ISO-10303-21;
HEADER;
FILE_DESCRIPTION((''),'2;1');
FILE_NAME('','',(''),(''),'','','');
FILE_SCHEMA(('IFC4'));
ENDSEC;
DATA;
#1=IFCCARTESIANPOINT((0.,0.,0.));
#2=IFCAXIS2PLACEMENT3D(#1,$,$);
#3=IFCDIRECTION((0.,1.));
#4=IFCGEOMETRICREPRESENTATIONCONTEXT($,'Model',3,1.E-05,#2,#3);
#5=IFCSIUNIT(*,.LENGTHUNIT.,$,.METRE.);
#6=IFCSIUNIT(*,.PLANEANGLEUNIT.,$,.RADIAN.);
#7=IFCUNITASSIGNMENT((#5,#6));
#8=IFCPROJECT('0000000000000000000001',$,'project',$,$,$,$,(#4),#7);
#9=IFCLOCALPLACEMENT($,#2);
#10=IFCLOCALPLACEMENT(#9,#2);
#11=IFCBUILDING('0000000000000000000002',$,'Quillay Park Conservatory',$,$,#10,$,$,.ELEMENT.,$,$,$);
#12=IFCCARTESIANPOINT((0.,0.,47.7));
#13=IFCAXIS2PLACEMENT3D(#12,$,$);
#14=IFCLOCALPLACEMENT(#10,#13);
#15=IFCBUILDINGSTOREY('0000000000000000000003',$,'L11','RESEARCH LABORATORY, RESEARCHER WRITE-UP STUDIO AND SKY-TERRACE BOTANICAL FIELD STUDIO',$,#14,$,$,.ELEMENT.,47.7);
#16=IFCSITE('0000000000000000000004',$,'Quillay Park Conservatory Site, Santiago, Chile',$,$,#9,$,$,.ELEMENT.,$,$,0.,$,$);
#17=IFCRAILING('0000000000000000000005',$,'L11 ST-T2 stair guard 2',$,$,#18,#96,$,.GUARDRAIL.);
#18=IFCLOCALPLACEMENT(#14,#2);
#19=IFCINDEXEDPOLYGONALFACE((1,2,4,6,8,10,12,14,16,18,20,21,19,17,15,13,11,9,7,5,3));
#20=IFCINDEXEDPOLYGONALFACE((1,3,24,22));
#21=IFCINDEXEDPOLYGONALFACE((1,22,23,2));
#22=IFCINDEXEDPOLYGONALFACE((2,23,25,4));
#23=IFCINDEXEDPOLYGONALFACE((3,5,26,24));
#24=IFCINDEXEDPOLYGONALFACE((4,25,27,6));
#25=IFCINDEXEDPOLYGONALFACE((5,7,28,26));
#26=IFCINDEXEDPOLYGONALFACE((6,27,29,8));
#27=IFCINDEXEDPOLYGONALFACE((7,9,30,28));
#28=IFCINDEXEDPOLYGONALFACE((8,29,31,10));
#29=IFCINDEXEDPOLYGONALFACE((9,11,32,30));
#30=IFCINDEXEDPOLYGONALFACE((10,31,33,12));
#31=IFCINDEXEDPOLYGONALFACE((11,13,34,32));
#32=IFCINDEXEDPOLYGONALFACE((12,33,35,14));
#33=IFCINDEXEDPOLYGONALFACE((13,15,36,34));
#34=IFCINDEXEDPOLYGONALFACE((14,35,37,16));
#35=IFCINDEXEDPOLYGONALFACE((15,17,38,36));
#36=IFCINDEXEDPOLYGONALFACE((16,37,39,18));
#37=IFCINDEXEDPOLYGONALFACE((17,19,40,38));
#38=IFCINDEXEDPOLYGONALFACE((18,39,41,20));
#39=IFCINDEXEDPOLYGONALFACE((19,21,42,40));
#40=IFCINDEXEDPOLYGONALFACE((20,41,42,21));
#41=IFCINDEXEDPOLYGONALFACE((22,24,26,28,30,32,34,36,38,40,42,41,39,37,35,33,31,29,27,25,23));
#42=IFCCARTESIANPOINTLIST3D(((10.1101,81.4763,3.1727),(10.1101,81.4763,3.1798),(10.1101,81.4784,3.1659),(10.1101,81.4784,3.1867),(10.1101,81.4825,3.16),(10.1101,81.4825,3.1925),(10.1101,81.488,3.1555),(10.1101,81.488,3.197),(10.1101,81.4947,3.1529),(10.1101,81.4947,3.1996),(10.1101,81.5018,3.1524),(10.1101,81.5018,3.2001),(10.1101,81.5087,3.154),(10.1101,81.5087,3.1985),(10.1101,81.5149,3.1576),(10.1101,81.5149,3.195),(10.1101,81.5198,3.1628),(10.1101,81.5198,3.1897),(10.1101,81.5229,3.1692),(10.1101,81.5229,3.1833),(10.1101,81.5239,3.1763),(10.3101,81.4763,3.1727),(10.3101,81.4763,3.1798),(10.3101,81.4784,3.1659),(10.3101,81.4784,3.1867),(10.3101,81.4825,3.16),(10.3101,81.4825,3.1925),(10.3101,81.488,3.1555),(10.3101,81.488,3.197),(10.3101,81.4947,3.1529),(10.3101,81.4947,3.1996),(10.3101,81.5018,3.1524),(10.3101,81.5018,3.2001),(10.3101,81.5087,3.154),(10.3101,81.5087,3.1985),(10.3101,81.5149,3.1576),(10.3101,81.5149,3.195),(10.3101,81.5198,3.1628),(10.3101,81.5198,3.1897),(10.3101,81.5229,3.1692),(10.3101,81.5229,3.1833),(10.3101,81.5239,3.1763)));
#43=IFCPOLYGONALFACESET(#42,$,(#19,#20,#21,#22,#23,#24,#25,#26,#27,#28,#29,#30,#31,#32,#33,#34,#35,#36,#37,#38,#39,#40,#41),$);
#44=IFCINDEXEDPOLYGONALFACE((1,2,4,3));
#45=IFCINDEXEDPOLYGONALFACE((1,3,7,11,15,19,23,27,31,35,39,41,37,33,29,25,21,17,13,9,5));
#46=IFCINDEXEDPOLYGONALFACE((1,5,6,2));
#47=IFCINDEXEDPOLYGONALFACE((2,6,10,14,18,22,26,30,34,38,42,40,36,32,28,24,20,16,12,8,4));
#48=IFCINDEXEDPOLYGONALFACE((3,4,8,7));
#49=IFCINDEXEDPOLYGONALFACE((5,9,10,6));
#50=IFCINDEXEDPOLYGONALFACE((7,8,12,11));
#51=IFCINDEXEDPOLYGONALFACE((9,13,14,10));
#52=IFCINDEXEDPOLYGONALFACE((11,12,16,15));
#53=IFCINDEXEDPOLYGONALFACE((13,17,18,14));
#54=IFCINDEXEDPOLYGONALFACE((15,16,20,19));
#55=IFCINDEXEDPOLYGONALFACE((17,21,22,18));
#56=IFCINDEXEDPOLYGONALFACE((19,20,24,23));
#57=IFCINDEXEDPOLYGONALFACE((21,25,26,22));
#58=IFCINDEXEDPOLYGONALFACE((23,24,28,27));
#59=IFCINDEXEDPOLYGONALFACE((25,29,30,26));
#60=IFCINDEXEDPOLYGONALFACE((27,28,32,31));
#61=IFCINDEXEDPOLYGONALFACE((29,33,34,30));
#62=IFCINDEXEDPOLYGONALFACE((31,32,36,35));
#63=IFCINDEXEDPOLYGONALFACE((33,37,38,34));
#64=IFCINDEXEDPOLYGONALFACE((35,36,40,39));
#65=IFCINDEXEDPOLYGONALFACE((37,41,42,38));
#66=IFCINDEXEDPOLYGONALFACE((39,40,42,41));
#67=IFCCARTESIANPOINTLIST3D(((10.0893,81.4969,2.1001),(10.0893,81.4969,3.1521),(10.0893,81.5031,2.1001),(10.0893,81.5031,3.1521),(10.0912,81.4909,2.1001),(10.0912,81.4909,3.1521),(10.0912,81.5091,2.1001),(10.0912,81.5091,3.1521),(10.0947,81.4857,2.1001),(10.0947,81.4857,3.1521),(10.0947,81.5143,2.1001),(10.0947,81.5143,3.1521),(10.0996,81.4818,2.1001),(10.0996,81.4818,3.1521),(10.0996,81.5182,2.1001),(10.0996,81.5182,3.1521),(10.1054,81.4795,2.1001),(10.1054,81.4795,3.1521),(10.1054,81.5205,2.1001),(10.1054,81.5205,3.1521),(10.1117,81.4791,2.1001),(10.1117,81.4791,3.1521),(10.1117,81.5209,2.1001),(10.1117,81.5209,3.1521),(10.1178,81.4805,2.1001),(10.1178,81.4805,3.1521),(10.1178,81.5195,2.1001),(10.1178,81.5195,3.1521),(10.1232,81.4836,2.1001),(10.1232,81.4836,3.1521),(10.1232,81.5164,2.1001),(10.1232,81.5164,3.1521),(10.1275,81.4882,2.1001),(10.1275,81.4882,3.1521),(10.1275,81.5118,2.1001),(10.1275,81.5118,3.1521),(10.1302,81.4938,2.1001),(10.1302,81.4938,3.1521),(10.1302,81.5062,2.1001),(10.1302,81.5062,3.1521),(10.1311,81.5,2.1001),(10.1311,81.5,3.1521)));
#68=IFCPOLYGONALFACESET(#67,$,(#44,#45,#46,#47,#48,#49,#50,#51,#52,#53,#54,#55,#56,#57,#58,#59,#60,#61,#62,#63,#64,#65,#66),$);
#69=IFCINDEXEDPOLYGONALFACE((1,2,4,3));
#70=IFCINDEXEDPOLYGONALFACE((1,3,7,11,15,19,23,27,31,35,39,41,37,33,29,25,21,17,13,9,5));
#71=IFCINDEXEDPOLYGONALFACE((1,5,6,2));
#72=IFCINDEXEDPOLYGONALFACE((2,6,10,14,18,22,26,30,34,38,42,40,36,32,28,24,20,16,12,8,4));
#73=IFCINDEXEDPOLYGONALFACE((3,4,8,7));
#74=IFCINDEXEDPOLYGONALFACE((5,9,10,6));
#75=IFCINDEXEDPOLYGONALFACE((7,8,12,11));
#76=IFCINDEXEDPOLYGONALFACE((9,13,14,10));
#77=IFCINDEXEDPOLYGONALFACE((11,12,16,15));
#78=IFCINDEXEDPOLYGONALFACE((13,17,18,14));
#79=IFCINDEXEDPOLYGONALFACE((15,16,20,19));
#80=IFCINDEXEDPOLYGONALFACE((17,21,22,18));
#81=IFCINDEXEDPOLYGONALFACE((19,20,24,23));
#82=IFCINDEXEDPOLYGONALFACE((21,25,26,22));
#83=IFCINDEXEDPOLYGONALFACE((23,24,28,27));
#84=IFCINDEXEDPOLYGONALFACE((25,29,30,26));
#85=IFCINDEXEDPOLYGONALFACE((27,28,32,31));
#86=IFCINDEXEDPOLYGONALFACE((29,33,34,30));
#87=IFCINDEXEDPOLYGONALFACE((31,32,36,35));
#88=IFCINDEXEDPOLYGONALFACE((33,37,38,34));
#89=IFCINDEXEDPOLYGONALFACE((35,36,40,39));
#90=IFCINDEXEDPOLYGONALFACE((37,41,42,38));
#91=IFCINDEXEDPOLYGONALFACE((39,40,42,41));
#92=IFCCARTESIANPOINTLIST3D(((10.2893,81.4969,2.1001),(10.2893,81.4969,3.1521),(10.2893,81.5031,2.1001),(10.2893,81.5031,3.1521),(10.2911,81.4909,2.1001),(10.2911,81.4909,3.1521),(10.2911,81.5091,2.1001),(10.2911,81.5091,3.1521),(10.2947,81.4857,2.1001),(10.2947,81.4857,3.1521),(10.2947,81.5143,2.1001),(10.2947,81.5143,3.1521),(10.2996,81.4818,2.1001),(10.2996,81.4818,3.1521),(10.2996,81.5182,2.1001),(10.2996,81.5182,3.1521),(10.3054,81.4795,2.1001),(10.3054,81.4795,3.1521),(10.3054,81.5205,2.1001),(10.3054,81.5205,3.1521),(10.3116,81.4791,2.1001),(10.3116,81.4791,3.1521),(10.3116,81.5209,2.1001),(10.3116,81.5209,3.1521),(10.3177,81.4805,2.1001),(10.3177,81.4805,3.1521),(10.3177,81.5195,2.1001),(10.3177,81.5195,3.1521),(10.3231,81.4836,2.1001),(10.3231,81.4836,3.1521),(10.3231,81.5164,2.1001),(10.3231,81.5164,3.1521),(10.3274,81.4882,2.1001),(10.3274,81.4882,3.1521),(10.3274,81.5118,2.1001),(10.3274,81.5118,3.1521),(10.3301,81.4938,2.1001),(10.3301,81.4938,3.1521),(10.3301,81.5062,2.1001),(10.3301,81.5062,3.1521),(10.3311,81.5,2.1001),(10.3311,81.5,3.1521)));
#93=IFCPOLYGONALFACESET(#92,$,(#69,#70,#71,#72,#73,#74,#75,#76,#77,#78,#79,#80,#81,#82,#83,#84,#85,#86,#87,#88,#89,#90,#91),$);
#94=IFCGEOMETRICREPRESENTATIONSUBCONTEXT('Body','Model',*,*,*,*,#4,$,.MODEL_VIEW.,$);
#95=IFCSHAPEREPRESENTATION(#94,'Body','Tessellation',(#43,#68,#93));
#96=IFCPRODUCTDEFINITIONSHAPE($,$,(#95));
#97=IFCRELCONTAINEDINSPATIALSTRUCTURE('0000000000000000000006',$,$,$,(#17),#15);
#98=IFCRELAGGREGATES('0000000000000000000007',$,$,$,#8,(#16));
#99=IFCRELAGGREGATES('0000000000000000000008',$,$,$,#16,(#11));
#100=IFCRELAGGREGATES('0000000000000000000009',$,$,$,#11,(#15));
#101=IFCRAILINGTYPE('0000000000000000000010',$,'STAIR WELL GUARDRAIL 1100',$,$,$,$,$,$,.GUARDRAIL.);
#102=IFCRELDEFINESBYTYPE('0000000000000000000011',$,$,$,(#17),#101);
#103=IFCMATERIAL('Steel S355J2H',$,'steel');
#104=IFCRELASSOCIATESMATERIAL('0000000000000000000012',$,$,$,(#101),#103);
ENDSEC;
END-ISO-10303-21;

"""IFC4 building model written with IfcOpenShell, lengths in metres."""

from ifc_helpers import new_model, si_unit, direction, frame, origin, origin_2d, place, context, subcontext, project, spatial, circle, extrude, material, type_object, element, save


model = new_model("IFC4")

# Units and contexts
model_context = context("Model", 3, precision=1e-05, world=origin(), true_north=direction((0.0, 1.0)))
body_context = subcontext(model_context, "Body", "Model", "MODEL_VIEW")
ifc_project = project(units=[si_unit("LENGTHUNIT", "METRE"), si_unit("PLANEANGLEUNIT", "RADIAN")], contexts=[model_context])

# Site, building, storey
site_placement = place(None, origin())
site = spatial("IfcSite", under=ifc_project, at=site_placement, Name="Quillay Park Conservatory Site, Santiago, Chile", CompositionType="ELEMENT", RefElevation=0.0)
building_placement = place(site_placement, origin())
building = spatial("IfcBuilding", under=site, at=building_placement, Name="Quillay Park Conservatory", CompositionType="ELEMENT")
storey_placement = place(building_placement, frame((0.0, 0.0, 47.7)))
storey = spatial("IfcBuildingStorey", under=building, at=storey_placement, Name="L11", Description="RESEARCH LABORATORY, RESEARCHER WRITE-UP STUDIO AND SKY-TERRACE BOTANICAL FIELD STUDIO", CompositionType="ELEMENT", Elevation=47.7)

# Railing
ifc_material_1 = material(Name="Steel S355J2H", Category="steel")
railing_type_1 = type_object("IfcRailingType", Name="STAIR WELL GUARDRAIL 1100", PredefinedType="GUARDRAIL", material=ifc_material_1)
railing_1_placement = place(storey_placement, frame((10.1101, 81.5, 2.1001)))
element("IfcRailing", 1, at=railing_1_placement, inside=storey, type_object=railing_type_1, Name="L11 ST-T2 stair guard 2", PredefinedType="GUARDRAIL", context=body_context, shape_type="SweptSolid", body=[
    extrude(circle(Radius=0.0239, at=origin_2d()), frame((0.0, 0.0, 1.0762), z_axis=(1.0, 0.0, 0.0), x_axis=(0.0, 1.0, 0.0)), (0.0, 0.0, 1.0), 0.2),
    extrude(circle(Radius=0.021, at=origin_2d()), origin(), (0.0, 0.0, 1.0), 1.052),
    extrude(circle(Radius=0.021, at=origin_2d()), frame((0.2, 0.0, 0.0)), (0.0, 0.0, 1.0), 1.052),
])

save(model, "model.ifc")
